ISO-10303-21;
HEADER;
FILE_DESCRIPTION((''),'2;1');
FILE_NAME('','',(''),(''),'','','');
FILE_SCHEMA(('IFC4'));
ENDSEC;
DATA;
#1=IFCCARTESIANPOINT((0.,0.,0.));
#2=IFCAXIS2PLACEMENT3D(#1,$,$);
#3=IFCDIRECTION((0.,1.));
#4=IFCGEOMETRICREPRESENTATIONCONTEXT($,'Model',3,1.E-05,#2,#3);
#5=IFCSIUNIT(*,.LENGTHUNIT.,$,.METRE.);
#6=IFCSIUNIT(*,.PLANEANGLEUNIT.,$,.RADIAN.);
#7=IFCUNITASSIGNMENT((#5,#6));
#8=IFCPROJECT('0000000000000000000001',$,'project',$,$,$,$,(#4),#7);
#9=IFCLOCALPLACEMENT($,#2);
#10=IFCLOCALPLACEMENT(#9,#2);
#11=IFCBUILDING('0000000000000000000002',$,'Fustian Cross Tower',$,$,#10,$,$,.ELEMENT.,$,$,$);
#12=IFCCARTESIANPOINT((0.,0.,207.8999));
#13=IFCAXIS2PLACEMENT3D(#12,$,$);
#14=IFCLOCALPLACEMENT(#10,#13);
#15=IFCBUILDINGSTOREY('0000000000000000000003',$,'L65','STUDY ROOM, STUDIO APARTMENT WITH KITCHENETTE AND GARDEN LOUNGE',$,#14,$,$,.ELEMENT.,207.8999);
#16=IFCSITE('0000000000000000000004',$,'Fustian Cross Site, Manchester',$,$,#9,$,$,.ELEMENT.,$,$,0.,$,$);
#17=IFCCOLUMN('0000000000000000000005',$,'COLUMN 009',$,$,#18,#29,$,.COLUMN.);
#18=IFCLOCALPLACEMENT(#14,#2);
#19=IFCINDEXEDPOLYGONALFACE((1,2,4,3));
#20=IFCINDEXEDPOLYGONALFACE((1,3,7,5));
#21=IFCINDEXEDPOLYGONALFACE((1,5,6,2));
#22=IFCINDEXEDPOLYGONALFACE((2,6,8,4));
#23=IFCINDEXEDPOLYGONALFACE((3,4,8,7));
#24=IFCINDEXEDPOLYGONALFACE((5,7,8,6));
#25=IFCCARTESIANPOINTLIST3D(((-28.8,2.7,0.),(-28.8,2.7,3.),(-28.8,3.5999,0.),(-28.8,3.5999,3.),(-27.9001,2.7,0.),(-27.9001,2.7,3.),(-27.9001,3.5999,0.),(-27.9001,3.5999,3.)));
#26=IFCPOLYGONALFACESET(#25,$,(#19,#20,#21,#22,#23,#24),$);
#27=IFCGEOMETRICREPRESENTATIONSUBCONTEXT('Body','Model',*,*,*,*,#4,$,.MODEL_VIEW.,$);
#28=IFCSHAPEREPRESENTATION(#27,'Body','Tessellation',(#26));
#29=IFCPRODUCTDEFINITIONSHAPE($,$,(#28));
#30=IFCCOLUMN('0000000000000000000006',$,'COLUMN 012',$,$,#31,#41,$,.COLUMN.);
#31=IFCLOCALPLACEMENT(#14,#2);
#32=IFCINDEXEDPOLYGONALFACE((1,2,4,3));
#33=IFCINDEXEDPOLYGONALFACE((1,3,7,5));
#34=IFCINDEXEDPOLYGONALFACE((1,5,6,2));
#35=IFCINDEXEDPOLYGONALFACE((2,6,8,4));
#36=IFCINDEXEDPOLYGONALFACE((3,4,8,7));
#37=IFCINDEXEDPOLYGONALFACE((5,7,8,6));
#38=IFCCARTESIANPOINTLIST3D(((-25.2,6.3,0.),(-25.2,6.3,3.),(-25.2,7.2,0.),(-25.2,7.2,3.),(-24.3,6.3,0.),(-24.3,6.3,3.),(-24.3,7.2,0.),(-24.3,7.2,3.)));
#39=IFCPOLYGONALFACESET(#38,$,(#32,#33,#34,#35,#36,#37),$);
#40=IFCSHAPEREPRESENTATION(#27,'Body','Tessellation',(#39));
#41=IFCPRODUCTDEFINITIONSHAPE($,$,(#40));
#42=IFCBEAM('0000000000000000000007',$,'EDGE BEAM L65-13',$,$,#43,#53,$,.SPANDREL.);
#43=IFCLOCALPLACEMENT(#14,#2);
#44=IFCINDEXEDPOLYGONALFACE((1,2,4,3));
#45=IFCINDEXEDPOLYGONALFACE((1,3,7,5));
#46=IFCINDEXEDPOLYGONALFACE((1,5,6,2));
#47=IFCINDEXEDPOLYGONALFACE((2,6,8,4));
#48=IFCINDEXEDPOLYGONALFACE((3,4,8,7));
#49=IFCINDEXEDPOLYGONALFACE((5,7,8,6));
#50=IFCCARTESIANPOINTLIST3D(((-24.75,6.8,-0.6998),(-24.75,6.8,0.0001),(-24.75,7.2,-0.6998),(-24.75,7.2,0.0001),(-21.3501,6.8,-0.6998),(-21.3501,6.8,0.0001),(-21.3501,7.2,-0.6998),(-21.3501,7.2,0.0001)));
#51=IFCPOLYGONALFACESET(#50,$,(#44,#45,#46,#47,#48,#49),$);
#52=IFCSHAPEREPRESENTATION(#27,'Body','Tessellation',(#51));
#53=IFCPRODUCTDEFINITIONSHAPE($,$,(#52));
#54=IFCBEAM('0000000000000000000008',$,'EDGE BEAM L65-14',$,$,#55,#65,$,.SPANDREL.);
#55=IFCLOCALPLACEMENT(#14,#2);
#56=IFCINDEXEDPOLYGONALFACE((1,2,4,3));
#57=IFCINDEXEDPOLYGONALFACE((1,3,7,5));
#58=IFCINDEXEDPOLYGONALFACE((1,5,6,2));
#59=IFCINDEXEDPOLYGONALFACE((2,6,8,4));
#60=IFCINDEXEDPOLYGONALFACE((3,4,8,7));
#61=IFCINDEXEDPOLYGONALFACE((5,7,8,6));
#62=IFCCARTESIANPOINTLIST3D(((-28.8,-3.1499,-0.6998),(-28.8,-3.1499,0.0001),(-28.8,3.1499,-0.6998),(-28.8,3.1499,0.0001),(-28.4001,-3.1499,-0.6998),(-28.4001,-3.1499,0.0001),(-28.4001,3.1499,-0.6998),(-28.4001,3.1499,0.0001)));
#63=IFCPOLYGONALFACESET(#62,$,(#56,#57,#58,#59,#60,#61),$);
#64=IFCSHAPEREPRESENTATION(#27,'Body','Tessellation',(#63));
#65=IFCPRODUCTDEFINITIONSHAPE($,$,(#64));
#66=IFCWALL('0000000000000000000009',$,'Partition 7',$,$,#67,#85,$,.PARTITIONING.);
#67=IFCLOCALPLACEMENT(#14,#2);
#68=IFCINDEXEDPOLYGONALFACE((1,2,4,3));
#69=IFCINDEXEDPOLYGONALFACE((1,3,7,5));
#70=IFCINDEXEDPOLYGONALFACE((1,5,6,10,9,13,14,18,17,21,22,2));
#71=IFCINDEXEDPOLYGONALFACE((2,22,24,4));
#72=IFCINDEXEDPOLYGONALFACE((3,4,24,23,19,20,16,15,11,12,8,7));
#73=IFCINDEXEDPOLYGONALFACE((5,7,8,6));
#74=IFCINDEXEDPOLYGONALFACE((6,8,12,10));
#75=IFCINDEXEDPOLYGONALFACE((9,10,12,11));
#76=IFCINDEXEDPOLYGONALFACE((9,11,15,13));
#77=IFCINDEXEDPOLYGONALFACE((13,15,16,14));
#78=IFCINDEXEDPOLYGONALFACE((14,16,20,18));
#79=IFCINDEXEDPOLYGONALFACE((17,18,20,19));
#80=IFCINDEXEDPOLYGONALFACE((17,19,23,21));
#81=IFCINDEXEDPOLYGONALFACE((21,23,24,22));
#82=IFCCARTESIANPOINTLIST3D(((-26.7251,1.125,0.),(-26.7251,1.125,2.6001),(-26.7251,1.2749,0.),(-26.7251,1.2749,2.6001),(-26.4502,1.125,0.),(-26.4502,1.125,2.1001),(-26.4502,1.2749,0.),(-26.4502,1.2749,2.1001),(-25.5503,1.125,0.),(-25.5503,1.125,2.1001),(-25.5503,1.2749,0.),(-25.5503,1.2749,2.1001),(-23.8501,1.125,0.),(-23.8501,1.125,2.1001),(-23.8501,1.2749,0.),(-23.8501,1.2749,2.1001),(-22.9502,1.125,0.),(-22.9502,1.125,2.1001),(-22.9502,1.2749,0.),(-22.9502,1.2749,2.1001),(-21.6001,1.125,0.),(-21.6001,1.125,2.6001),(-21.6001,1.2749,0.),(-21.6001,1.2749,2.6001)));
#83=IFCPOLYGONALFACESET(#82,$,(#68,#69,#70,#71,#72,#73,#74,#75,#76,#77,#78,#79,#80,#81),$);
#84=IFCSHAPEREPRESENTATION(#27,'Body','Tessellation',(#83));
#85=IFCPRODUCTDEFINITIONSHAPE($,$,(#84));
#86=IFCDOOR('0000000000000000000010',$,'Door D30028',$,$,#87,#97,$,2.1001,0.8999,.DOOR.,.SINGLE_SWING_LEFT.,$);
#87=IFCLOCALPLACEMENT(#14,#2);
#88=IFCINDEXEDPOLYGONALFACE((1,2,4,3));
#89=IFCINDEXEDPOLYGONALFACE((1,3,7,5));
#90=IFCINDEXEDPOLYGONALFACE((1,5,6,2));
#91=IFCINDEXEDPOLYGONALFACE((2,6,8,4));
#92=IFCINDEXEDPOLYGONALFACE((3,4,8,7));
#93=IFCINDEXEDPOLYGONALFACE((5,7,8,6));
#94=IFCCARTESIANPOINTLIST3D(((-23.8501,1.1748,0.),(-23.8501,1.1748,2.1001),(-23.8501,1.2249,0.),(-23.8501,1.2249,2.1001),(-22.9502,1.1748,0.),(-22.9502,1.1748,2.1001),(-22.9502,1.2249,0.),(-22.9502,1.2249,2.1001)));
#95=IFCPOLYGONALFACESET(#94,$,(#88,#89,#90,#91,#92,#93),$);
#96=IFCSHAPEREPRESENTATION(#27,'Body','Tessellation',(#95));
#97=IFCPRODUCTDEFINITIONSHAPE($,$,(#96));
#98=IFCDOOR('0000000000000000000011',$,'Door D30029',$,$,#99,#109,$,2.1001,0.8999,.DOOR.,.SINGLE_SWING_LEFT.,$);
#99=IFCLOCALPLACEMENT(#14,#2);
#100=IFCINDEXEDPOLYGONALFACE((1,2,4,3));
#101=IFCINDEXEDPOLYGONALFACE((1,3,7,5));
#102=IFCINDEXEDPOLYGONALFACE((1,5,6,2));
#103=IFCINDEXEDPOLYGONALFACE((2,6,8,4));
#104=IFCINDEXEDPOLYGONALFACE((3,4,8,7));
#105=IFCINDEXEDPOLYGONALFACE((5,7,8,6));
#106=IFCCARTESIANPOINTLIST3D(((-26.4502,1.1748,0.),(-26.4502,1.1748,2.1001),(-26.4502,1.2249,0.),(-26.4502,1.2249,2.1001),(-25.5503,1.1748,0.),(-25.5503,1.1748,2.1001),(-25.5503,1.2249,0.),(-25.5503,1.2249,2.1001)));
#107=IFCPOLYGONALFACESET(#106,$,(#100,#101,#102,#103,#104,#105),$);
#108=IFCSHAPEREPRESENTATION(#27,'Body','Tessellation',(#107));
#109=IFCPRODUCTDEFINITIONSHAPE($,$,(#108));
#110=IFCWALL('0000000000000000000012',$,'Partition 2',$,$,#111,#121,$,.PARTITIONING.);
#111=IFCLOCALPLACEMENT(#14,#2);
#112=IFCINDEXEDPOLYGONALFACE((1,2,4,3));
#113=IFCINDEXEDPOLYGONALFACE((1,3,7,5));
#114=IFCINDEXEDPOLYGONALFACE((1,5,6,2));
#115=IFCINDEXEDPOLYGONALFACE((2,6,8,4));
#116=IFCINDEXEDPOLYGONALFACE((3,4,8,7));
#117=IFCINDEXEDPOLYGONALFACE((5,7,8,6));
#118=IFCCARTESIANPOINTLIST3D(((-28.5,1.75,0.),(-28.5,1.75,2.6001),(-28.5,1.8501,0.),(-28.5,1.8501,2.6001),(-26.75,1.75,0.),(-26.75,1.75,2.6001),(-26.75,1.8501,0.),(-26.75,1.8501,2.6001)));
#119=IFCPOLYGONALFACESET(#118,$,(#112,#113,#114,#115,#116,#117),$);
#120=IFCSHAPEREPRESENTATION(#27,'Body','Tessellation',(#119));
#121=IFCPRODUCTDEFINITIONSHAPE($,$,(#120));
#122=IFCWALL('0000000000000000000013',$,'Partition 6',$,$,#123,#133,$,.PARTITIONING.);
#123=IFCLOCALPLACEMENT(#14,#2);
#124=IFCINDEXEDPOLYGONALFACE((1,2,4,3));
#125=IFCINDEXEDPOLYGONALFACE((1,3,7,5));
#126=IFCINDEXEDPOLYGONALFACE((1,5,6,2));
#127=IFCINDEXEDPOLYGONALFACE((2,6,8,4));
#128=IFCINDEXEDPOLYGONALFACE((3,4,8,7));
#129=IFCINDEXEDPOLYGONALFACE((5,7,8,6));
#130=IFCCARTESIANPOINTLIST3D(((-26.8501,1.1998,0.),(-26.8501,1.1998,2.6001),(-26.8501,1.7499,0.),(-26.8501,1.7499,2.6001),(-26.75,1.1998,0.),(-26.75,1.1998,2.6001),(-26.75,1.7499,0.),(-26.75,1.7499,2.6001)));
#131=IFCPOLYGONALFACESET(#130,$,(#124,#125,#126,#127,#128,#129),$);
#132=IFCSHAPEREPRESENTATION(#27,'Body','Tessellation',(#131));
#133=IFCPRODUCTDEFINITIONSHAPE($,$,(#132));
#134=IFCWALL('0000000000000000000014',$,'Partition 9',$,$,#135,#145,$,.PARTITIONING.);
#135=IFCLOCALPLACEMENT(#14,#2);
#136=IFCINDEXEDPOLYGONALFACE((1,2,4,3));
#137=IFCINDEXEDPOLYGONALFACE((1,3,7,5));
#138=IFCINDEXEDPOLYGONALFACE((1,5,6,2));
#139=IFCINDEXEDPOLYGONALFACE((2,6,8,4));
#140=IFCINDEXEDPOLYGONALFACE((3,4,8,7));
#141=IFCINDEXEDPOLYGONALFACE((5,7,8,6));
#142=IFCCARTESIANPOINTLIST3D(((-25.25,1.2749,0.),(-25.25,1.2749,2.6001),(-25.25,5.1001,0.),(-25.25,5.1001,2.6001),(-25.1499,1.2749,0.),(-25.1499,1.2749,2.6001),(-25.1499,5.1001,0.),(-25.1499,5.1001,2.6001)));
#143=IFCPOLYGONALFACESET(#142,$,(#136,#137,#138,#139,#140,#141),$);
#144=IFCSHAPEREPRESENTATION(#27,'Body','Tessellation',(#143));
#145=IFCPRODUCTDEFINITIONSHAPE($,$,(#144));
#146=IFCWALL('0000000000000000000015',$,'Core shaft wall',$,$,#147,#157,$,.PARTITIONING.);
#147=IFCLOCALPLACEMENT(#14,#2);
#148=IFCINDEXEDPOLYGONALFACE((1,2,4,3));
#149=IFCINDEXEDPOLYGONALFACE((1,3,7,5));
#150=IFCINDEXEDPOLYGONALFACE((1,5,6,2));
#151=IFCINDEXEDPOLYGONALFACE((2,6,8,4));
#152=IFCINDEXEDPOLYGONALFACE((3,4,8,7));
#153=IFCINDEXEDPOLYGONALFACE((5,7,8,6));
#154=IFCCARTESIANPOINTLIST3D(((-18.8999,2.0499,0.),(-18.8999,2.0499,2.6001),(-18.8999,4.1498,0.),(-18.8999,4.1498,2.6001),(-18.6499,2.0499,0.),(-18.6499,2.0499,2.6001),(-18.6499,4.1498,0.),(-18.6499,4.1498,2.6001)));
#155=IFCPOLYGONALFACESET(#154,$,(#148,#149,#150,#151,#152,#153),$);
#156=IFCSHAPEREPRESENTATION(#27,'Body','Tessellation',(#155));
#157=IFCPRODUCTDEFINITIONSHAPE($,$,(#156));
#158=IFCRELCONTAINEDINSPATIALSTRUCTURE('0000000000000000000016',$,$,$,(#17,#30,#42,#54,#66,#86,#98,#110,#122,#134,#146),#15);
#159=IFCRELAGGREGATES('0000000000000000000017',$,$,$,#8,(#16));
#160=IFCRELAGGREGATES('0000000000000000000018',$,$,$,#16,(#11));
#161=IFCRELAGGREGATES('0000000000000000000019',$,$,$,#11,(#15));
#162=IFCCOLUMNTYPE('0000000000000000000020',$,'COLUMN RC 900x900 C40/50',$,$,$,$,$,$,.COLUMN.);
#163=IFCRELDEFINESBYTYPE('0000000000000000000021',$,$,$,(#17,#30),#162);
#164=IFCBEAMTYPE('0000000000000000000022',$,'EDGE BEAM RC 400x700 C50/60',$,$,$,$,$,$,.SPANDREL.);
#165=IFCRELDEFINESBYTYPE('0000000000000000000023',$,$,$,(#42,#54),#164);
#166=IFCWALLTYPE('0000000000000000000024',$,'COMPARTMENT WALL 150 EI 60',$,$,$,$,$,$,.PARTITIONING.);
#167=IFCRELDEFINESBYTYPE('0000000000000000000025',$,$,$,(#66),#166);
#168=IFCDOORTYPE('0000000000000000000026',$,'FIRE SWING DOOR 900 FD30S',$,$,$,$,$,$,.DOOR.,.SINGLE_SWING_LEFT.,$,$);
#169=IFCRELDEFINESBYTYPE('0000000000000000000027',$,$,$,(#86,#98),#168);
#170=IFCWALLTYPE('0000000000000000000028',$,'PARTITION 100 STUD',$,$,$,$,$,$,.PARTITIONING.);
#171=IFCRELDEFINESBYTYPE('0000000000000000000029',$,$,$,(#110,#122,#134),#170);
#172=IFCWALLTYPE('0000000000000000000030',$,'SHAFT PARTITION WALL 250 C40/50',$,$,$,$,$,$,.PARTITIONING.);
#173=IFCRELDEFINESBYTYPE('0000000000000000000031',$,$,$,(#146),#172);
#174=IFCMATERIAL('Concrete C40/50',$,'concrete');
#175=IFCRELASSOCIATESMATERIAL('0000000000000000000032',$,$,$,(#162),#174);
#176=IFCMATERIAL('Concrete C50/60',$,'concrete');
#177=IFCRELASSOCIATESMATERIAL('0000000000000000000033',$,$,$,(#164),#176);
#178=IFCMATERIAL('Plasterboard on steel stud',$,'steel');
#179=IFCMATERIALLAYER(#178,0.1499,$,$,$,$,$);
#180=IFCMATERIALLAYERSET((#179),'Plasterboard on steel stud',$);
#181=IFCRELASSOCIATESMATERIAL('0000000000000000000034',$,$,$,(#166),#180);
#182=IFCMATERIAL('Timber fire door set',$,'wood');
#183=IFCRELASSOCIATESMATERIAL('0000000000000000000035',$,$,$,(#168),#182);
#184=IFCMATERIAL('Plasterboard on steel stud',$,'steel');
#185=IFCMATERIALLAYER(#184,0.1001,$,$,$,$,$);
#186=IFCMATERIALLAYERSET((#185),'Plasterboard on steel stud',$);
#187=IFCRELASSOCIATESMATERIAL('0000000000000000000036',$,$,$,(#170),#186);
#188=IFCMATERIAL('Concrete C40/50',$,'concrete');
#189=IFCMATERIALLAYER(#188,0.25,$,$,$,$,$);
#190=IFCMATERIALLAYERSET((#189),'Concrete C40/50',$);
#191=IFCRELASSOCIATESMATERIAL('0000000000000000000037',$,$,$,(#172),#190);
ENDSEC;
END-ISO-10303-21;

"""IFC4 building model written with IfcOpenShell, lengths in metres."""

from ifc_helpers import new_model, si_unit, direction, frame, frame_2d, origin, origin_2d, place, context, subcontext, project, spatial, rectangle, extrude, material, layer, layer_set, material_profile, profile_set, type_object, element, fill, save


model = new_model("IFC4")

# Units and contexts
model_context = context("Model", 3, precision=1e-05, world=origin(), true_north=direction((0.0, 1.0)))
body_context = subcontext(model_context, "Body", "Model", "MODEL_VIEW")
ifc_project = project(units=[si_unit("LENGTHUNIT", "METRE"), si_unit("PLANEANGLEUNIT", "RADIAN")], contexts=[model_context])

# Site, building, storey
site_placement = place(None, origin())
site = spatial("IfcSite", under=ifc_project, at=site_placement, Name="Fustian Cross Site, Manchester", CompositionType="ELEMENT", RefElevation=0.0)
building_placement = place(site_placement, origin())
building = spatial("IfcBuilding", under=site, at=building_placement, Name="Fustian Cross Tower", CompositionType="ELEMENT")
storey_placement = place(building_placement, frame((0.0, 0.0, 207.8999)))
storey = spatial("IfcBuildingStorey", under=building, at=storey_placement, Name="L65", Description="STUDY ROOM, STUDIO APARTMENT WITH KITCHENETTE AND GARDEN LOUNGE", CompositionType="ELEMENT", Elevation=207.8999)

# Columns
ifc_material_1 = material(Name="Concrete C40/50", Category="concrete")
ifc_material_profile_1 = material_profile(ifc_material_1, rectangle(XDim=0.8999, YDim=0.8999, at=origin_2d()), Name="RC 900x900")
ifc_profile_set_1 = profile_set([ifc_material_profile_1], Name="Concrete C40/50")
column_type = type_object("IfcColumnType", Name="COLUMN RC 900x900 C40/50", PredefinedType="COLUMN", material=ifc_profile_set_1)
for number, where, z_axis, x_axis, name in (
    (1, (-28.3501, 3.1499, 0.0), (0.0, 0.0, 1.0), (1.0, 0.0, 0.0), "COLUMN 009"),
    (2, (-24.75, 6.75, 0.0), (0.0, 0.0, 1.0), (1.0, 0.0, 0.0), "COLUMN 012"),
):
    element("IfcColumn", number, at=place(storey_placement, frame(where, z_axis=z_axis, x_axis=x_axis)), inside=storey, type_object=column_type, Name=name, PredefinedType="COLUMN", context=body_context, shape_type="SweptSolid", body=[
        extrude(rectangle(XDim=0.8999, YDim=0.8999, at=origin_2d()), origin(), (0.0, 0.0, 1.0), 3.0),
    ])

# Beams
ifc_material_2 = material(Name="Concrete C50/60", Category="concrete")
ifc_material_profile_2 = material_profile(ifc_material_2, rectangle(XDim=0.3999, YDim=0.7, at=origin_2d()), Name="RC 400x700")
ifc_profile_set_2 = profile_set([ifc_material_profile_2], Name="Concrete C50/60")
beam_type = type_object("IfcBeamType", Name="EDGE BEAM RC 400x700 C50/60", PredefinedType="SPANDREL", material=ifc_profile_set_2)
beam_1_placement = place(storey_placement, frame((-21.3501, 7.0, -0.3499), z_axis=(-1.0, 0.0, 0.0), x_axis=(0.0, -1.0, 0.0)))
element("IfcBeam", 3, at=beam_1_placement, inside=storey, type_object=beam_type, Name="EDGE BEAM L65-13", PredefinedType="SPANDREL", context=body_context, shape_type="SweptSolid", body=[
    extrude(rectangle(XDim=0.3999, YDim=0.7, at=origin_2d()), origin(), (0.0, 0.0, 1.0), 3.3999),
])
beam_2_placement = place(storey_placement, frame((-28.6001, 3.1499, -0.3499), z_axis=(0.0, -1.0, 0.0), x_axis=(1.0, 0.0, 0.0)))
element("IfcBeam", 4, at=beam_2_placement, inside=storey, type_object=beam_type, Name="EDGE BEAM L65-14", PredefinedType="SPANDREL", context=body_context, shape_type="SweptSolid", body=[
    extrude(rectangle(XDim=0.3999, YDim=0.7, at=origin_2d()), origin(), (0.0, 0.0, 1.0), 6.2998),
])

# Wall, openings, doors
ifc_material_3 = material(Name="Plasterboard on steel stud", Category="steel")
ifc_layer_1 = layer(ifc_material_3, 0.1499)
ifc_layer_set_1 = layer_set([ifc_layer_1], Name="Plasterboard on steel stud")
wall_type_1 = type_object("IfcWallType", Name="COMPARTMENT WALL 150 EI 60", PredefinedType="PARTITIONING", material=ifc_layer_set_1)
wall_1_placement = place(storey_placement, frame((-26.7251, 1.2, 0.0), z_axis=(0.0, 0.0, 1.0), x_axis=(1.0, 0.0, 0.0)))
wall_1 = element("IfcWall", 5, at=wall_1_placement, inside=storey, type_object=wall_type_1, Name="Partition 7", PredefinedType="PARTITIONING", context=body_context, shape_type="SweptSolid", body=[
    extrude(rectangle(XDim=5.125, YDim=0.1499, at=frame_2d((2.5625, 0.0))), origin(), (0.0, 0.0, 1.0), 2.6001),
])
opening_1_placement = place(wall_1_placement, frame((2.875, 0.0, 0.0)))
opening_1 = element("IfcOpeningElement", 6, at=opening_1_placement, cuts=wall_1, PredefinedType="OPENING", context=body_context, shape_type="SweptSolid", body=[
    extrude(rectangle(XDim=0.8999, YDim=2.1001, at=frame_2d((0.45, 1.05))), frame((0.0, 0.085, 0.0), z_axis=(0.0, -1.0, 0.0), x_axis=(1.0, 0.0, 0.0)), (0.0, 0.0, 1.0), 0.1699),
])
opening_2_placement = place(wall_1_placement, frame((0.2749, 0.0, 0.0)))
opening_2 = element("IfcOpeningElement", 7, at=opening_2_placement, cuts=wall_1, PredefinedType="OPENING", context=body_context, shape_type="SweptSolid", body=[
    extrude(rectangle(XDim=0.8999, YDim=2.1001, at=frame_2d((0.45, 1.05))), frame((0.0, 0.085, 0.0), z_axis=(0.0, -1.0, 0.0), x_axis=(1.0, 0.0, 0.0)), (0.0, 0.0, 1.0), 0.1699),
])
ifc_material_4 = material(Name="Timber fire door set", Category="wood")
door_type = type_object("IfcDoorType", Name="FIRE SWING DOOR 900 FD30S", OperationType="SINGLE_SWING_LEFT", PredefinedType="DOOR", material=ifc_material_4)
door_1_placement = place(opening_1_placement, origin())
door_1 = element("IfcDoor", 8, at=door_1_placement, inside=storey, type_object=door_type, Name="Door D30028", OperationType="SINGLE_SWING_LEFT", OverallHeight=2.1001, OverallWidth=0.8999, PredefinedType="DOOR", context=body_context, shape_type="SweptSolid", body=[
    extrude(rectangle(XDim=0.8999, YDim=2.1001, at=frame_2d((0.45, 1.05))), frame((0.0, 0.0249, 0.0), z_axis=(0.0, -1.0, 0.0), x_axis=(1.0, 0.0, 0.0)), (0.0, 0.0, 1.0), 0.05),
])
fill(opening_1, door_1)
door_2_placement = place(opening_2_placement, origin())
door_2 = element("IfcDoor", 9, at=door_2_placement, inside=storey, type_object=door_type, Name="Door D30029", OperationType="SINGLE_SWING_LEFT", OverallHeight=2.1001, OverallWidth=0.8999, PredefinedType="DOOR", context=body_context, shape_type="SweptSolid", body=[
    extrude(rectangle(XDim=0.8999, YDim=2.1001, at=frame_2d((0.45, 1.05))), frame((0.0, 0.0249, 0.0), z_axis=(0.0, -1.0, 0.0), x_axis=(1.0, 0.0, 0.0)), (0.0, 0.0, 1.0), 0.05),
])
fill(opening_2, door_2)

# Walls
ifc_material_5 = material(Name="Plasterboard on steel stud", Category="steel")
ifc_layer_2 = layer(ifc_material_5, 0.1001)
ifc_layer_set_2 = layer_set([ifc_layer_2], Name="Plasterboard on steel stud")
wall_type_2 = type_object("IfcWallType", Name="PARTITION 100 STUD", PredefinedType="PARTITIONING", material=ifc_layer_set_2)
wall_2_placement = place(storey_placement, frame((-28.5, 1.8, 0.0), z_axis=(0.0, 0.0, 1.0), x_axis=(1.0, 0.0, 0.0)))
element("IfcWall", 10, at=wall_2_placement, inside=storey, type_object=wall_type_2, Name="Partition 2", PredefinedType="PARTITIONING", context=body_context, shape_type="SweptSolid", body=[
    extrude(rectangle(XDim=1.75, YDim=0.1001, at=frame_2d((0.875, 0.0))), origin(), (0.0, 0.0, 1.0), 2.6001),
])
wall_3_placement = place(storey_placement, frame((-26.8, 1.2, 0.0), z_axis=(0.0, 0.0, 1.0), x_axis=(0.0, 1.0, 0.0)))
element("IfcWall", 11, at=wall_3_placement, inside=storey, type_object=wall_type_2, Name="Partition 6", PredefinedType="PARTITIONING", context=body_context, shape_type="SweptSolid", body=[
    extrude(rectangle(XDim=0.55, YDim=0.1001, at=frame_2d((0.2749, 0.0))), origin(), (0.0, 0.0, 1.0), 2.6001),
])
wall_4_placement = place(storey_placement, frame((-25.2, 1.2749, 0.0), z_axis=(0.0, 0.0, 1.0), x_axis=(0.0, 1.0, 0.0)))
element("IfcWall", 12, at=wall_4_placement, inside=storey, type_object=wall_type_2, Name="Partition 9", PredefinedType="PARTITIONING", context=body_context, shape_type="SweptSolid", body=[
    extrude(rectangle(XDim=3.8252, YDim=0.1001, at=frame_2d((1.9126, 0.0))), origin(), (0.0, 0.0, 1.0), 2.6001),
])
ifc_material_6 = material(Name="Concrete C40/50", Category="concrete")
ifc_layer_3 = layer(ifc_material_6, 0.25)
ifc_layer_set_3 = layer_set([ifc_layer_3], Name="Concrete C40/50")
wall_type_3 = type_object("IfcWallType", Name="SHAFT PARTITION WALL 250 C40/50", PredefinedType="PARTITIONING", material=ifc_layer_set_3)
wall_5_placement = place(storey_placement, frame((-18.7749, 2.05, 0.0), z_axis=(0.0, 0.0, 1.0), x_axis=(0.0, 1.0, 0.0)))
element("IfcWall", 13, at=wall_5_placement, inside=storey, type_object=wall_type_3, Name="Core shaft wall", PredefinedType="PARTITIONING", context=body_context, shape_type="SweptSolid", body=[
    extrude(rectangle(XDim=2.0999, YDim=0.25, at=frame_2d((1.0498, 0.0))), origin(), (0.0, 0.0, 1.0), 2.6001),
])

save(model, "model.ifc")
